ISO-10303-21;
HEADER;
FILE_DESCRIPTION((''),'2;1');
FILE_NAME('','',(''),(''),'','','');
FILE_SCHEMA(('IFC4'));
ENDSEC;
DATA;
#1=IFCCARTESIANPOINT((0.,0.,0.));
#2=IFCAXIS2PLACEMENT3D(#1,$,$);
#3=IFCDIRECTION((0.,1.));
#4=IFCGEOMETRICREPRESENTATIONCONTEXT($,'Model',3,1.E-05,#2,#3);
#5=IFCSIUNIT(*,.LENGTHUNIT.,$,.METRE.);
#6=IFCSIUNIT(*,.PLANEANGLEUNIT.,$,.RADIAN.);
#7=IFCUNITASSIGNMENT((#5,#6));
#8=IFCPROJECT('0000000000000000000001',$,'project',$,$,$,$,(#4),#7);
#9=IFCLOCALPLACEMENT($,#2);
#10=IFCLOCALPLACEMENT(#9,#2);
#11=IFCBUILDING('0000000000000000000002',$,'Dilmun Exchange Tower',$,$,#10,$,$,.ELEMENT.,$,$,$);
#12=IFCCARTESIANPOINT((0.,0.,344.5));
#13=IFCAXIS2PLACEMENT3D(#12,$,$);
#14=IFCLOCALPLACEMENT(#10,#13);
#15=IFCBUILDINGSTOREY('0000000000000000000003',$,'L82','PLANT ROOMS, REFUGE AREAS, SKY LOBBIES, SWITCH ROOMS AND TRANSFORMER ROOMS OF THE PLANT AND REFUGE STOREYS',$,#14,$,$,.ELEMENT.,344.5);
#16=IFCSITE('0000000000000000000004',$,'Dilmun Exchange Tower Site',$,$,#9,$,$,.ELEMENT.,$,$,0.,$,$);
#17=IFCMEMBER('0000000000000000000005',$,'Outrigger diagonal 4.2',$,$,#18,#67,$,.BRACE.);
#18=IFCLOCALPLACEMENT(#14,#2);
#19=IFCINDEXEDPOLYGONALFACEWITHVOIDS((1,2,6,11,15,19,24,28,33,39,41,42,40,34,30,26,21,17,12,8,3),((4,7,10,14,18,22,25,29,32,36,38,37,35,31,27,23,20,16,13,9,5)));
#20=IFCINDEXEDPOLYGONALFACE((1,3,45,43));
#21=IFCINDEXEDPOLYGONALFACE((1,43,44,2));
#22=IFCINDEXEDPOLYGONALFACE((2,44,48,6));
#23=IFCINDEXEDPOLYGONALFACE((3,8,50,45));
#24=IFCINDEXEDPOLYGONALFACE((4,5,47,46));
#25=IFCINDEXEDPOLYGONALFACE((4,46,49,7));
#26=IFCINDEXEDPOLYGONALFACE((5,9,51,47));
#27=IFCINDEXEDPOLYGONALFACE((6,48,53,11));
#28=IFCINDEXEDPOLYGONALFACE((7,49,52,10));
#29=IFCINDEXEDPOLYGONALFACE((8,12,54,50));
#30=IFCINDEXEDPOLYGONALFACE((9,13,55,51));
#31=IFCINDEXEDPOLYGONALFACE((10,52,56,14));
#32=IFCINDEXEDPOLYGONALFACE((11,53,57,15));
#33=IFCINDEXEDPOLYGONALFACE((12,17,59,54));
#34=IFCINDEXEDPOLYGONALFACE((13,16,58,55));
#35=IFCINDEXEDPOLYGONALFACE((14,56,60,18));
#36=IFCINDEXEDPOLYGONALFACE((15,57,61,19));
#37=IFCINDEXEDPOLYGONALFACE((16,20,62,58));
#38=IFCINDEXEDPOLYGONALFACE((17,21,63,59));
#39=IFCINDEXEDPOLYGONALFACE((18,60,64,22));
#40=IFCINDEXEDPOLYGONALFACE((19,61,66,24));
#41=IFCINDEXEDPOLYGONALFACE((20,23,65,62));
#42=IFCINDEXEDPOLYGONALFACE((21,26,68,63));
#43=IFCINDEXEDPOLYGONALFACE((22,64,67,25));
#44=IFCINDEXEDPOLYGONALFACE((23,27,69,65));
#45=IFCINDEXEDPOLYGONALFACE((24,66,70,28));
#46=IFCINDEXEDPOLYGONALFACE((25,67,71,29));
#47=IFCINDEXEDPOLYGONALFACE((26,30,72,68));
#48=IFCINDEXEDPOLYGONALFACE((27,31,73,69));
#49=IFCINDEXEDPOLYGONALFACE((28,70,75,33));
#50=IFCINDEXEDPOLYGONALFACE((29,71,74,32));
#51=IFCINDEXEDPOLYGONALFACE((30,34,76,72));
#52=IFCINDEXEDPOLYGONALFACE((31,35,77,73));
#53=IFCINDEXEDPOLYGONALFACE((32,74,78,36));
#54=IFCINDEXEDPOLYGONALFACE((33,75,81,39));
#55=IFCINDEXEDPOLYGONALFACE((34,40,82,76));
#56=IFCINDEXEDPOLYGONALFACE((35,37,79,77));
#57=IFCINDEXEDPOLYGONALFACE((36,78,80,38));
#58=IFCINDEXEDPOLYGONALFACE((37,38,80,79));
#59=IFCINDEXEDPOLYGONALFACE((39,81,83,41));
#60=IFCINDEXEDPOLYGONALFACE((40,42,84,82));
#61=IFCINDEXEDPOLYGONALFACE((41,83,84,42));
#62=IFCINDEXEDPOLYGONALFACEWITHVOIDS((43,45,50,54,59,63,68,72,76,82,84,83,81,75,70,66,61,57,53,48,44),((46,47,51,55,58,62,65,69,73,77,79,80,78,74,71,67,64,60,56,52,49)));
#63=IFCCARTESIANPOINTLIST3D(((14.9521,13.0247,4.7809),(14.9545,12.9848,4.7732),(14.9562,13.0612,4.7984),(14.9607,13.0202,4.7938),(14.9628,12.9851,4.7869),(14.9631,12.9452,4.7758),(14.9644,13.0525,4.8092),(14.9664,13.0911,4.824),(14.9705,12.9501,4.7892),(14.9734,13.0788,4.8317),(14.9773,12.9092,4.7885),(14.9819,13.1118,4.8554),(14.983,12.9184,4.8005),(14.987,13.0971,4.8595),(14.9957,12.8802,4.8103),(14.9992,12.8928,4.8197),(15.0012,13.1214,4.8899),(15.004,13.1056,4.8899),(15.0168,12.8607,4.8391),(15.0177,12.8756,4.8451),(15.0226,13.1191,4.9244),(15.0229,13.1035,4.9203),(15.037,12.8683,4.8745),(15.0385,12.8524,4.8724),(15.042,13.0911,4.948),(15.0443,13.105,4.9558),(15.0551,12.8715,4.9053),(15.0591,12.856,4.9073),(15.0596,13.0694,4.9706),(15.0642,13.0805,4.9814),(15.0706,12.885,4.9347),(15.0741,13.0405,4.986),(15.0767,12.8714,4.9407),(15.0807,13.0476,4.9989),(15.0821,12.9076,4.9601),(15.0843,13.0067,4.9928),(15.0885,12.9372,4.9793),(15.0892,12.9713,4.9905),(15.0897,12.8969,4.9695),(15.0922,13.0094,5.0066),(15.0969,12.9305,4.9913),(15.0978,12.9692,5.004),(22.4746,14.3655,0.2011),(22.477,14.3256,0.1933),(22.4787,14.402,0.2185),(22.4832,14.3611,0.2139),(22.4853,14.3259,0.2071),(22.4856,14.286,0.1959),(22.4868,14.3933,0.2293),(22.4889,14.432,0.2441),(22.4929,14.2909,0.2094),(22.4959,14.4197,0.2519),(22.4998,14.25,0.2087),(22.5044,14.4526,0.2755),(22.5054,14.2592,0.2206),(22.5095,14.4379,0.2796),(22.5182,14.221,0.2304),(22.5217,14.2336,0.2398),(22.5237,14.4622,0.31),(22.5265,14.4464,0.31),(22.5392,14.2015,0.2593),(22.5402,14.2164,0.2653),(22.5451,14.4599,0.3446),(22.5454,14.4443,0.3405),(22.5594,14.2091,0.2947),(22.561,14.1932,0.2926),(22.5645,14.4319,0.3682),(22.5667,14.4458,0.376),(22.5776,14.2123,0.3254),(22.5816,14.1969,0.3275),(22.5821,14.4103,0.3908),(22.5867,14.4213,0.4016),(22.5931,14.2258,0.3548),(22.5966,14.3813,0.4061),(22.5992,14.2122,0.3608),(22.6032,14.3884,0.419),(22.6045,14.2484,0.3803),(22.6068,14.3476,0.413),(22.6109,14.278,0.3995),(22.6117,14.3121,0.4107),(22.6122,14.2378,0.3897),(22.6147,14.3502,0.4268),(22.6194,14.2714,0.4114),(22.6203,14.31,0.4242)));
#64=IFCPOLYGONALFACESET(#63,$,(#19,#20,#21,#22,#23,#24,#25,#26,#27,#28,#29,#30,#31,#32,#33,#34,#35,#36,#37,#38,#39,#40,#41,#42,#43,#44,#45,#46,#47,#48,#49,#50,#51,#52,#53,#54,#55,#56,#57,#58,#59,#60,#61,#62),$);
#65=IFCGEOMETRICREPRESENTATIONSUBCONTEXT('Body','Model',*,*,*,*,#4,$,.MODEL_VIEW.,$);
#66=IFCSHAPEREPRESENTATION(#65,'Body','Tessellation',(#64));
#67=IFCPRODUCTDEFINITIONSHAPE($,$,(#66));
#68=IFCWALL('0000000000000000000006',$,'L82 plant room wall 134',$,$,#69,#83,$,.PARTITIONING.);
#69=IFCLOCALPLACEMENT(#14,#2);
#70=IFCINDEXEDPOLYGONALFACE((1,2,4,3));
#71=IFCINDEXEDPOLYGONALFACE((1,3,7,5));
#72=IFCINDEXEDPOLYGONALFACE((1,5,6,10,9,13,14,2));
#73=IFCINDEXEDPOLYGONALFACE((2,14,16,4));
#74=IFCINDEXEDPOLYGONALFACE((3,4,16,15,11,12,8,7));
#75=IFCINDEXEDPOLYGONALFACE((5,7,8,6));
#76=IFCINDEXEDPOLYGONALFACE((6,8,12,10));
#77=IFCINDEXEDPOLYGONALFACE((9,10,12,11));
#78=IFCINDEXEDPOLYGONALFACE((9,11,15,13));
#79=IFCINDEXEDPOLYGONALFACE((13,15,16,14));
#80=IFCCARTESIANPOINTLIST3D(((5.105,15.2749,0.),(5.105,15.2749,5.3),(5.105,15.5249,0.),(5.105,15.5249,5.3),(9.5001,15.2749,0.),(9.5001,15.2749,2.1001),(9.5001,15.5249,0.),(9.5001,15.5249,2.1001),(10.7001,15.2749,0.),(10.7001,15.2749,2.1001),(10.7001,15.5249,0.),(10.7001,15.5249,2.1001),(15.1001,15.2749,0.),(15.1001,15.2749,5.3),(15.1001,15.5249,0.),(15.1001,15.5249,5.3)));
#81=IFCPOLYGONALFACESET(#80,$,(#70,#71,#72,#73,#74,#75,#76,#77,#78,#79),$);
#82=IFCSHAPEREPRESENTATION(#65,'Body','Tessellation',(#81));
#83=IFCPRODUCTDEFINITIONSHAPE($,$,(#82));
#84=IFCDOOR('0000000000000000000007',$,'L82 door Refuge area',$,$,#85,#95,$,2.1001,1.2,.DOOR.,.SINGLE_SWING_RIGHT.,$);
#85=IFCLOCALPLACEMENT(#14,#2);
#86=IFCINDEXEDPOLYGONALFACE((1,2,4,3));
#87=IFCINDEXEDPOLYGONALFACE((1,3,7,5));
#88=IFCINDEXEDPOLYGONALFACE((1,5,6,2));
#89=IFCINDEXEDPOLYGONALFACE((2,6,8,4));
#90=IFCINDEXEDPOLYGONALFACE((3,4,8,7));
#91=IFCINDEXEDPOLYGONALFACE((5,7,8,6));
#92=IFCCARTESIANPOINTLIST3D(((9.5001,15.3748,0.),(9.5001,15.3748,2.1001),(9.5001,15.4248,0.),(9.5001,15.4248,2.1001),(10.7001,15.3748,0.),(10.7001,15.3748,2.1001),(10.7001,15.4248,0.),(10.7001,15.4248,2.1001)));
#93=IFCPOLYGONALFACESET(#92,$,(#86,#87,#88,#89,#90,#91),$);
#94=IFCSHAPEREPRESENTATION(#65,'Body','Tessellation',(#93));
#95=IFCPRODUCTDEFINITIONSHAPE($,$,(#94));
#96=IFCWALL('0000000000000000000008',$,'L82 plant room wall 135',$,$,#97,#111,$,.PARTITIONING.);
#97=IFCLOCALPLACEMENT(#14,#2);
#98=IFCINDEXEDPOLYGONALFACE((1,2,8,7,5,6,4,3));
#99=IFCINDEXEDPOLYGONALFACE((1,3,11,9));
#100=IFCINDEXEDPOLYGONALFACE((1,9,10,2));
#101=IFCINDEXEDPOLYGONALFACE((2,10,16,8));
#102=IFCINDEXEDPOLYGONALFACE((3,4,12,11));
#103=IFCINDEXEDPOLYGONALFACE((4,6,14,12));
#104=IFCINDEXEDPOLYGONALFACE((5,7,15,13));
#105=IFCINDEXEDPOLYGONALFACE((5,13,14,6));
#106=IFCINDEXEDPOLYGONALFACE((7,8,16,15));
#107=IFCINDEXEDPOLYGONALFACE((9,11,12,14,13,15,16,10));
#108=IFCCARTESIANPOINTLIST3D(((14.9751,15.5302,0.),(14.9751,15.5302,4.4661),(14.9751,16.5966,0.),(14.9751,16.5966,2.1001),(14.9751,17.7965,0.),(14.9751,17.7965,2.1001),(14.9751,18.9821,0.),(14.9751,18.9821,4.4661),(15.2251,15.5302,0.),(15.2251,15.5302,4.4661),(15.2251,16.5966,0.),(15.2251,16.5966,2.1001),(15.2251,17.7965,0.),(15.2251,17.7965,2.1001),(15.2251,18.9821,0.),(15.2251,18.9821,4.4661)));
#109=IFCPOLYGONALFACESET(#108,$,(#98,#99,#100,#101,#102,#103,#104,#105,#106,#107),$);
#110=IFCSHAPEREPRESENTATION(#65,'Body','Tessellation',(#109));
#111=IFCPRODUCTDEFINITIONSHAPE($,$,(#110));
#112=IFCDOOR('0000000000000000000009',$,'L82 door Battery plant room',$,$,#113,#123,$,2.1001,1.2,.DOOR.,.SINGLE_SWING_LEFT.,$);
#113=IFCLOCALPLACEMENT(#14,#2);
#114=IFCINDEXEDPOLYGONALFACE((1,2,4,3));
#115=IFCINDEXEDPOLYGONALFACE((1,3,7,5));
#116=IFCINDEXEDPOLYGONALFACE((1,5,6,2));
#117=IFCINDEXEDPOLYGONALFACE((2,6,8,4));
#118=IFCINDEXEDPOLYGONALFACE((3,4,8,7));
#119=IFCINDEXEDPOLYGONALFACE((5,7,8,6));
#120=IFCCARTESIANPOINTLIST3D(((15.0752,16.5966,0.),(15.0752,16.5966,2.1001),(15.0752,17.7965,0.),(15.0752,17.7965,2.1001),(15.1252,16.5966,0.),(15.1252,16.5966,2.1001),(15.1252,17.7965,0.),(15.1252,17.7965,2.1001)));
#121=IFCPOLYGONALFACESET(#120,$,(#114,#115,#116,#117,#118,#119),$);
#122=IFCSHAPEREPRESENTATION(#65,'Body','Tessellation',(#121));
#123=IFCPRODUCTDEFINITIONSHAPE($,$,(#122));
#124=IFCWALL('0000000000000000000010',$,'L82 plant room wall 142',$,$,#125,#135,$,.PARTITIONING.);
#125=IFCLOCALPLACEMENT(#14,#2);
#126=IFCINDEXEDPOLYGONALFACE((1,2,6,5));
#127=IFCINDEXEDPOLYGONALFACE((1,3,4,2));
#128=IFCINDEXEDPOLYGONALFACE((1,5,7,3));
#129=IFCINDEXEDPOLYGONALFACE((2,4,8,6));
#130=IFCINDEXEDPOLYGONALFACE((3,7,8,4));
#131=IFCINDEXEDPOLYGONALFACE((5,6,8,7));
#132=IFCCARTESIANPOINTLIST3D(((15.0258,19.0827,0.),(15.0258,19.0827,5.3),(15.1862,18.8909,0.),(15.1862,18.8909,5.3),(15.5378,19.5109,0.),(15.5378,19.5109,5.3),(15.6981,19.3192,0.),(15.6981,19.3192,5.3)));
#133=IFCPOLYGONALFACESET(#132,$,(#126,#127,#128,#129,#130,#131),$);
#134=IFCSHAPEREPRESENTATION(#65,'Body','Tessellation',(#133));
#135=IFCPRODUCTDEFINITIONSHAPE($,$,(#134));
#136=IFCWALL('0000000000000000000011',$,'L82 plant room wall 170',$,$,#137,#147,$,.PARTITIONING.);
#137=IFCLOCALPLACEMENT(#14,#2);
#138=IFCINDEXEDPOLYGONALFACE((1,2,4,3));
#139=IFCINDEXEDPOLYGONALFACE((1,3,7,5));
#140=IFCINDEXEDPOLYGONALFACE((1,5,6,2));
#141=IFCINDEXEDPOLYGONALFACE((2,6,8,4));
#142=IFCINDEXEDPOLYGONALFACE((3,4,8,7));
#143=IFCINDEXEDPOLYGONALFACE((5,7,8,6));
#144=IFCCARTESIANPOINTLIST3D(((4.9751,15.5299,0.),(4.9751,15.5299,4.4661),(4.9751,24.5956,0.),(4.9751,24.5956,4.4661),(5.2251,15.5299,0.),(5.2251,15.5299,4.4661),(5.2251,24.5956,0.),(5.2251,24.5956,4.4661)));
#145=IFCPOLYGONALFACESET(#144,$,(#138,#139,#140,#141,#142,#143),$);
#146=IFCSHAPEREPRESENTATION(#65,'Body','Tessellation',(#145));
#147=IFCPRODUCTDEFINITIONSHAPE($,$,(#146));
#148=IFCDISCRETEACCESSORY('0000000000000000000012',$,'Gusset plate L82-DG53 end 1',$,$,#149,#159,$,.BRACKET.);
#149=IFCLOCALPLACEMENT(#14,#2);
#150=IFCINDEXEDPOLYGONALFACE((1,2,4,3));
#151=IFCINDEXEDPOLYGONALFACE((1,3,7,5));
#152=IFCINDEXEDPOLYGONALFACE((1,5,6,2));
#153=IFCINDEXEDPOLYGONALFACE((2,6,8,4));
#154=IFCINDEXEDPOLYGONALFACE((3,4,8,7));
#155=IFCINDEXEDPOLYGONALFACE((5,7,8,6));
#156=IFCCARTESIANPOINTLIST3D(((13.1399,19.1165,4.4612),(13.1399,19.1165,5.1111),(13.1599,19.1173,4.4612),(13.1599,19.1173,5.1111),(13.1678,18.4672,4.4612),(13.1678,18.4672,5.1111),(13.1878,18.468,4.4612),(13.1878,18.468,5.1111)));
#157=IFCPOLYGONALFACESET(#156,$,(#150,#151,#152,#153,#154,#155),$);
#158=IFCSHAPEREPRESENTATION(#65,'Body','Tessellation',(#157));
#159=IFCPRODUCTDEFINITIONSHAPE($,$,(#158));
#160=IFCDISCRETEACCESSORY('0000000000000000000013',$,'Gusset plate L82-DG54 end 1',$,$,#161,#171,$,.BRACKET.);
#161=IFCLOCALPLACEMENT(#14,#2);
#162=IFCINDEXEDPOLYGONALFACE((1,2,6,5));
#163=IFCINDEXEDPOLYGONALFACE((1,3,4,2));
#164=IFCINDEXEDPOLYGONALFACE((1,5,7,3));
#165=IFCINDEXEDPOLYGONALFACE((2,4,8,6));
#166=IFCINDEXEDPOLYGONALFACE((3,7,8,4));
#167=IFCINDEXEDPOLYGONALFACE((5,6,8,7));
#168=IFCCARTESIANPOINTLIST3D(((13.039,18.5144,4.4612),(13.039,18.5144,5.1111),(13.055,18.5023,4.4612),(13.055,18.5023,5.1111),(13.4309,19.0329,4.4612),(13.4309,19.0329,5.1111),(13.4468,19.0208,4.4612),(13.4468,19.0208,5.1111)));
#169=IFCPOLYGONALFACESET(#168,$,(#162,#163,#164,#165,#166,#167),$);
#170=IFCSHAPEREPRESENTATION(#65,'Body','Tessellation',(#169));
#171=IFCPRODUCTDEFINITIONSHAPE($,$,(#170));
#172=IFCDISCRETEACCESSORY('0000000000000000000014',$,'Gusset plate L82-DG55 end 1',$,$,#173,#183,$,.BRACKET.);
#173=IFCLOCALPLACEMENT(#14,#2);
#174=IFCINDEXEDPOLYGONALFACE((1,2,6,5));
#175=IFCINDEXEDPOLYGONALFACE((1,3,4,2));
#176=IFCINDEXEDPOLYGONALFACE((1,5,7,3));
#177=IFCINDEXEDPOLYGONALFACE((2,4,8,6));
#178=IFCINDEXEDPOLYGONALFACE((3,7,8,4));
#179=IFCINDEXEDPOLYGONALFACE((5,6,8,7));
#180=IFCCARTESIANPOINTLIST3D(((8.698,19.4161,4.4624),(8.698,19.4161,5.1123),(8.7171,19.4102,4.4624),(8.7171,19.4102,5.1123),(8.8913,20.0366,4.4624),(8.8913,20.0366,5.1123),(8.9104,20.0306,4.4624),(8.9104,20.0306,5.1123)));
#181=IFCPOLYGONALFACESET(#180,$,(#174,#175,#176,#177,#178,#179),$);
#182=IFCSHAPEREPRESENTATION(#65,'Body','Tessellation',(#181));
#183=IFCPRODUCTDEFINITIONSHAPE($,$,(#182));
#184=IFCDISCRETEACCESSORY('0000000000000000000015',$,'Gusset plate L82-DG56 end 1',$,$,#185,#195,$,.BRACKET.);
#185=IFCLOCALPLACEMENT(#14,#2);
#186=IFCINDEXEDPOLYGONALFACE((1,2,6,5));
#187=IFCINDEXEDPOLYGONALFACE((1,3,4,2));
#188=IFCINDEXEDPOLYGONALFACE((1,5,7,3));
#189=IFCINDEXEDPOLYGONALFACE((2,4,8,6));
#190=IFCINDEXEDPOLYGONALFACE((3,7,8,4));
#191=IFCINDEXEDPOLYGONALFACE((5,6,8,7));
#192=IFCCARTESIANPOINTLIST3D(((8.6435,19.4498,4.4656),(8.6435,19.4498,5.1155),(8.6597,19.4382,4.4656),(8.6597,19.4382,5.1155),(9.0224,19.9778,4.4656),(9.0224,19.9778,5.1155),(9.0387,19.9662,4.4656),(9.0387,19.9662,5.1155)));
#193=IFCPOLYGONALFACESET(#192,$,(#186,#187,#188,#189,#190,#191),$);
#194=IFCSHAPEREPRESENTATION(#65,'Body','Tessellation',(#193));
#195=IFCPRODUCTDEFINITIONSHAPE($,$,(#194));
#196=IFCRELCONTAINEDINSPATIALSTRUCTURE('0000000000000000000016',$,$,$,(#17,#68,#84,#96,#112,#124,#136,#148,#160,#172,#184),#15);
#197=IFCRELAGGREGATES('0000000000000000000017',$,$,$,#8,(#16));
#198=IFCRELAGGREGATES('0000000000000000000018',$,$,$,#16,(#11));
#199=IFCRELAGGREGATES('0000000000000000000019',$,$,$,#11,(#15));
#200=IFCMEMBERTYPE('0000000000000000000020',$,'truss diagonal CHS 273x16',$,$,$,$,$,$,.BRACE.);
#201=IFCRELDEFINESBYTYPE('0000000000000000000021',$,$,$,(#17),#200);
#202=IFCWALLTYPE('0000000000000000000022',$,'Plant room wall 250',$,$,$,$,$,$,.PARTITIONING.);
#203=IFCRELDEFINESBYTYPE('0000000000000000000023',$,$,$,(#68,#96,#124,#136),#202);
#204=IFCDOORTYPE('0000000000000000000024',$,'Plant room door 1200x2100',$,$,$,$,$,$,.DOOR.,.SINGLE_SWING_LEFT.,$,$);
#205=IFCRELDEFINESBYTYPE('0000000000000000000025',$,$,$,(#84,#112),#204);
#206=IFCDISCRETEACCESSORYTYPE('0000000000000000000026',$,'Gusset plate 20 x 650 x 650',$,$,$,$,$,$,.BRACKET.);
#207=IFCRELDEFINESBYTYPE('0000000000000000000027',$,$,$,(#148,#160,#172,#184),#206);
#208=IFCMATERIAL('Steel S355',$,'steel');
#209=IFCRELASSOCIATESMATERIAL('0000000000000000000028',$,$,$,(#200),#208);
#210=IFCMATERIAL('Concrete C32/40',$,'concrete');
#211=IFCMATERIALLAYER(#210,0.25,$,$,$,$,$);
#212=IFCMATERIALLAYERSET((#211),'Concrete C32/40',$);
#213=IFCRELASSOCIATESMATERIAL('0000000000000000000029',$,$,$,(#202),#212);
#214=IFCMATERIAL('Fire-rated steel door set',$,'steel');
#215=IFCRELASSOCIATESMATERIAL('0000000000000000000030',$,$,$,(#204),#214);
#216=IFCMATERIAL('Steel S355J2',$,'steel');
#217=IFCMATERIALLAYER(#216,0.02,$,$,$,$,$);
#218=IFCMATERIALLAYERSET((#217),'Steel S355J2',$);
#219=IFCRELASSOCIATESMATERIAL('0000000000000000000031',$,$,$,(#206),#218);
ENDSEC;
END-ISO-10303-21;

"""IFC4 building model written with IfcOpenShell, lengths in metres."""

from ifc_helpers import new_model, si_unit, direction, frame, frame_2d, origin, origin_2d, place, context, subcontext, project, spatial, rectangle, hollow_circle, extrude, material, layer, layer_set, material_profile, profile_set, type_object, element, fill, save


model = new_model("IFC4")

# Units and contexts
model_context = context("Model", 3, precision=1e-05, world=origin(), true_north=direction((0.0, 1.0)))
body_context = subcontext(model_context, "Body", "Model", "MODEL_VIEW")
ifc_project = project(units=[si_unit("LENGTHUNIT", "METRE"), si_unit("PLANEANGLEUNIT", "RADIAN")], contexts=[model_context])

# Site, building, storey
site_placement = place(None, origin())
site = spatial("IfcSite", under=ifc_project, at=site_placement, Name="Dilmun Exchange Tower Site", CompositionType="ELEMENT", RefElevation=0.0)
building_placement = place(site_placement, origin())
building = spatial("IfcBuilding", under=site, at=building_placement, Name="Dilmun Exchange Tower", CompositionType="ELEMENT")
storey_placement = place(building_placement, frame((0.0, 0.0, 344.5)))
storey = spatial("IfcBuildingStorey", under=building, at=storey_placement, Name="L82", Description="PLANT ROOMS, REFUGE AREAS, SKY LOBBIES, SWITCH ROOMS AND TRANSFORMER ROOMS OF THE PLANT AND REFUGE STOREYS", CompositionType="ELEMENT", Elevation=344.5)

# Shared definitions
ifc_material_1 = material(Name="Steel S355", Category="steel")

# Member
ifc_material_profile_1 = material_profile(ifc_material_1, hollow_circle(Radius=0.1365, WallThickness=0.0161, at=origin_2d()), Name="CHS 273x16")
ifc_profile_set_1 = profile_set([ifc_material_profile_1], Name="Steel S355")
member_type_1 = type_object("IfcMemberType", Name="truss diagonal CHS 273x16", PredefinedType="BRACE", material=ifc_profile_set_1)
member_1_placement = place(storey_placement, frame((15.0251, 12.9871, 4.8899), z_axis=(0.844421, 0.150511, -0.514101), x_axis=(-0.175477, 0.984484, 0.0)))
element("IfcMember", 1, at=member_1_placement, inside=storey, type_object=member_type_1, Name="Outrigger diagonal 4.2", PredefinedType="BRACE", context=body_context, shape_type="SweptSolid", body=[
    extrude(hollow_circle(Radius=0.1365, WallThickness=0.0161, at=origin_2d()), origin(), (0.0, 0.0, 1.0), 8.9084),
])

# Walls, openings, doors
ifc_material_2 = material(Name="Concrete C32/40", Category="concrete")
ifc_layer_1 = layer(ifc_material_2, 0.25)
ifc_layer_set_1 = layer_set([ifc_layer_1], Name="Concrete C32/40")
wall_type = type_object("IfcWallType", Name="Plant room wall 250", PredefinedType="PARTITIONING", material=ifc_layer_set_1)
wall_1_placement = place(storey_placement, frame((5.105, 15.3999, 0.0), z_axis=(0.0, 0.0, 1.0), x_axis=(1.0, 0.0, 0.0)))
wall_1 = element("IfcWall", 2, at=wall_1_placement, inside=storey, type_object=wall_type, Name="L82 plant room wall 134", PredefinedType="PARTITIONING", context=body_context, shape_type="SweptSolid", body=[
    extrude(rectangle(XDim=9.9951, YDim=0.25, at=frame_2d((4.9976, 0.0))), origin(), (0.0, 0.0, 1.0), 5.3),
])
opening_1_placement = place(wall_1_placement, frame((4.395, 0.0, 0.0)))
opening_1 = element("IfcOpeningElement", 3, at=opening_1_placement, cuts=wall_1, PredefinedType="OPENING", context=body_context, shape_type="SweptSolid", body=[
    extrude(rectangle(XDim=1.2, YDim=2.1001, at=frame_2d((0.6001, 1.05))), frame((0.0, 0.135, 0.0), z_axis=(0.0, -1.0, 0.0), x_axis=(1.0, 0.0, 0.0)), (0.0, 0.0, 1.0), 0.27),
])
ifc_material_3 = material(Name="Fire-rated steel door set", Category="steel")
door_type = type_object("IfcDoorType", Name="Plant room door 1200x2100", OperationType="SINGLE_SWING_LEFT", PredefinedType="DOOR", material=ifc_material_3)
door_1_placement = place(opening_1_placement, origin())
door_1 = element("IfcDoor", 4, at=door_1_placement, inside=storey, type_object=door_type, Name="L82 door Refuge area", OperationType="SINGLE_SWING_RIGHT", OverallHeight=2.1001, OverallWidth=1.2, PredefinedType="DOOR", context=body_context, shape_type="SweptSolid", body=[
    extrude(rectangle(XDim=1.2, YDim=2.1001, at=frame_2d((0.6001, 1.05))), frame((0.0, 0.0249, 0.0), z_axis=(0.0, -1.0, 0.0), x_axis=(1.0, 0.0, 0.0)), (0.0, 0.0, 1.0), 0.05),
])
fill(opening_1, door_1)
wall_2_placement = place(storey_placement, frame((15.1001, 15.53, 0.0), z_axis=(0.0, 0.0, 1.0), x_axis=(0.0, 1.0, 0.0)))
wall_2 = element("IfcWall", 5, at=wall_2_placement, inside=storey, type_object=wall_type, Name="L82 plant room wall 135", PredefinedType="PARTITIONING", context=body_context, shape_type="SweptSolid", body=[
    extrude(rectangle(XDim=3.4519, YDim=0.25, at=frame_2d((1.7261, 0.0))), origin(), (0.0, 0.0, 1.0), 4.4661),
])
opening_2_placement = place(wall_2_placement, frame((1.0664, 0.0, 0.0)))
opening_2 = element("IfcOpeningElement", 6, at=opening_2_placement, cuts=wall_2, PredefinedType="OPENING", context=body_context, shape_type="SweptSolid", body=[
    extrude(rectangle(XDim=1.2, YDim=2.1001, at=frame_2d((0.6001, 1.05))), frame((0.0, 0.135, 0.0), z_axis=(0.0, -1.0, 0.0), x_axis=(1.0, 0.0, 0.0)), (0.0, 0.0, 1.0), 0.27),
])
door_2_placement = place(opening_2_placement, origin())
door_2 = element("IfcDoor", 7, at=door_2_placement, inside=storey, type_object=door_type, Name="L82 door Battery plant room", OperationType="SINGLE_SWING_LEFT", OverallHeight=2.1001, OverallWidth=1.2, PredefinedType="DOOR", context=body_context, shape_type="SweptSolid", body=[
    extrude(rectangle(XDim=1.2, YDim=2.1001, at=frame_2d((0.6001, 1.05))), frame((0.0, 0.0249, 0.0), z_axis=(0.0, -1.0, 0.0), x_axis=(1.0, 0.0, 0.0)), (0.0, 0.0, 1.0), 0.05),
])
fill(opening_2, door_2)

# Walls
wall_3_placement = place(storey_placement, frame((15.106, 18.9868, 0.0), z_axis=(0.0, 0.0, 1.0), x_axis=(0.767051, 0.641587, 0.0)))
element("IfcWall", 8, at=wall_3_placement, inside=storey, type_object=wall_type, Name="L82 plant room wall 142", PredefinedType="PARTITIONING", context=body_context, shape_type="SweptSolid", body=[
    extrude(rectangle(XDim=0.6675, YDim=0.25, at=frame_2d((0.3337, 0.0))), origin(), (0.0, 0.0, 1.0), 5.3),
])
wall_4_placement = place(storey_placement, frame((5.1001, 15.53, 0.0), z_axis=(0.0, 0.0, 1.0), x_axis=(0.0, 1.0, 0.0)))
element("IfcWall", 9, at=wall_4_placement, inside=storey, type_object=wall_type, Name="L82 plant room wall 170", PredefinedType="PARTITIONING", context=body_context, shape_type="SweptSolid", body=[
    extrude(rectangle(XDim=9.0657, YDim=0.25, at=frame_2d((4.5327, 0.0))), origin(), (0.0, 0.0, 1.0), 4.4661),
])

# Discrete accessories
ifc_material_4 = material(Name="Steel S355J2", Category="steel")
ifc_layer_2 = layer(ifc_material_4, 0.02)
ifc_layer_set_2 = layer_set([ifc_layer_2], Name="Steel S355J2")
discrete_accessory_type = type_object("IfcDiscreteAccessoryType", Name="Gusset plate 20 x 650 x 650", PredefinedType="BRACKET", material=ifc_layer_set_2)
for number, where, z_axis, x_axis, name in (
    (10, (13.1638, 18.7922, 4.4612), (0.0, 0.0, 1.0), (-0.04296, 0.999077, 0.0), "Gusset plate L82-DG53 end 1"),
    (11, (13.2429, 18.7676, 4.4612), (0.0, 0.0, 1.0), (0.602931, 0.797793, 0.0), "Gusset plate L82-DG54 end 1"),
    (12, (8.8042, 19.7234, 4.4624), (0.0, 0.0, 1.0), (0.297533, 0.954711, 0.0), "Gusset plate L82-DG55 end 1"),
    (13, (8.8411, 19.708, 4.4656), (0.0, 0.0, 1.0), (0.58308, 0.812414, 0.0), "Gusset plate L82-DG56 end 1"),
):
    element("IfcDiscreteAccessory", number, at=place(storey_placement, frame(where, z_axis=z_axis, x_axis=x_axis)), inside=storey, type_object=discrete_accessory_type, Name=name, PredefinedType="BRACKET", context=body_context, shape_type="SweptSolid", body=[
        extrude(rectangle(XDim=0.6499, YDim=0.02, at=origin_2d()), origin(), (0.0, 0.0, 1.0), 0.6499),
    ])

save(model, "model.ifc")
